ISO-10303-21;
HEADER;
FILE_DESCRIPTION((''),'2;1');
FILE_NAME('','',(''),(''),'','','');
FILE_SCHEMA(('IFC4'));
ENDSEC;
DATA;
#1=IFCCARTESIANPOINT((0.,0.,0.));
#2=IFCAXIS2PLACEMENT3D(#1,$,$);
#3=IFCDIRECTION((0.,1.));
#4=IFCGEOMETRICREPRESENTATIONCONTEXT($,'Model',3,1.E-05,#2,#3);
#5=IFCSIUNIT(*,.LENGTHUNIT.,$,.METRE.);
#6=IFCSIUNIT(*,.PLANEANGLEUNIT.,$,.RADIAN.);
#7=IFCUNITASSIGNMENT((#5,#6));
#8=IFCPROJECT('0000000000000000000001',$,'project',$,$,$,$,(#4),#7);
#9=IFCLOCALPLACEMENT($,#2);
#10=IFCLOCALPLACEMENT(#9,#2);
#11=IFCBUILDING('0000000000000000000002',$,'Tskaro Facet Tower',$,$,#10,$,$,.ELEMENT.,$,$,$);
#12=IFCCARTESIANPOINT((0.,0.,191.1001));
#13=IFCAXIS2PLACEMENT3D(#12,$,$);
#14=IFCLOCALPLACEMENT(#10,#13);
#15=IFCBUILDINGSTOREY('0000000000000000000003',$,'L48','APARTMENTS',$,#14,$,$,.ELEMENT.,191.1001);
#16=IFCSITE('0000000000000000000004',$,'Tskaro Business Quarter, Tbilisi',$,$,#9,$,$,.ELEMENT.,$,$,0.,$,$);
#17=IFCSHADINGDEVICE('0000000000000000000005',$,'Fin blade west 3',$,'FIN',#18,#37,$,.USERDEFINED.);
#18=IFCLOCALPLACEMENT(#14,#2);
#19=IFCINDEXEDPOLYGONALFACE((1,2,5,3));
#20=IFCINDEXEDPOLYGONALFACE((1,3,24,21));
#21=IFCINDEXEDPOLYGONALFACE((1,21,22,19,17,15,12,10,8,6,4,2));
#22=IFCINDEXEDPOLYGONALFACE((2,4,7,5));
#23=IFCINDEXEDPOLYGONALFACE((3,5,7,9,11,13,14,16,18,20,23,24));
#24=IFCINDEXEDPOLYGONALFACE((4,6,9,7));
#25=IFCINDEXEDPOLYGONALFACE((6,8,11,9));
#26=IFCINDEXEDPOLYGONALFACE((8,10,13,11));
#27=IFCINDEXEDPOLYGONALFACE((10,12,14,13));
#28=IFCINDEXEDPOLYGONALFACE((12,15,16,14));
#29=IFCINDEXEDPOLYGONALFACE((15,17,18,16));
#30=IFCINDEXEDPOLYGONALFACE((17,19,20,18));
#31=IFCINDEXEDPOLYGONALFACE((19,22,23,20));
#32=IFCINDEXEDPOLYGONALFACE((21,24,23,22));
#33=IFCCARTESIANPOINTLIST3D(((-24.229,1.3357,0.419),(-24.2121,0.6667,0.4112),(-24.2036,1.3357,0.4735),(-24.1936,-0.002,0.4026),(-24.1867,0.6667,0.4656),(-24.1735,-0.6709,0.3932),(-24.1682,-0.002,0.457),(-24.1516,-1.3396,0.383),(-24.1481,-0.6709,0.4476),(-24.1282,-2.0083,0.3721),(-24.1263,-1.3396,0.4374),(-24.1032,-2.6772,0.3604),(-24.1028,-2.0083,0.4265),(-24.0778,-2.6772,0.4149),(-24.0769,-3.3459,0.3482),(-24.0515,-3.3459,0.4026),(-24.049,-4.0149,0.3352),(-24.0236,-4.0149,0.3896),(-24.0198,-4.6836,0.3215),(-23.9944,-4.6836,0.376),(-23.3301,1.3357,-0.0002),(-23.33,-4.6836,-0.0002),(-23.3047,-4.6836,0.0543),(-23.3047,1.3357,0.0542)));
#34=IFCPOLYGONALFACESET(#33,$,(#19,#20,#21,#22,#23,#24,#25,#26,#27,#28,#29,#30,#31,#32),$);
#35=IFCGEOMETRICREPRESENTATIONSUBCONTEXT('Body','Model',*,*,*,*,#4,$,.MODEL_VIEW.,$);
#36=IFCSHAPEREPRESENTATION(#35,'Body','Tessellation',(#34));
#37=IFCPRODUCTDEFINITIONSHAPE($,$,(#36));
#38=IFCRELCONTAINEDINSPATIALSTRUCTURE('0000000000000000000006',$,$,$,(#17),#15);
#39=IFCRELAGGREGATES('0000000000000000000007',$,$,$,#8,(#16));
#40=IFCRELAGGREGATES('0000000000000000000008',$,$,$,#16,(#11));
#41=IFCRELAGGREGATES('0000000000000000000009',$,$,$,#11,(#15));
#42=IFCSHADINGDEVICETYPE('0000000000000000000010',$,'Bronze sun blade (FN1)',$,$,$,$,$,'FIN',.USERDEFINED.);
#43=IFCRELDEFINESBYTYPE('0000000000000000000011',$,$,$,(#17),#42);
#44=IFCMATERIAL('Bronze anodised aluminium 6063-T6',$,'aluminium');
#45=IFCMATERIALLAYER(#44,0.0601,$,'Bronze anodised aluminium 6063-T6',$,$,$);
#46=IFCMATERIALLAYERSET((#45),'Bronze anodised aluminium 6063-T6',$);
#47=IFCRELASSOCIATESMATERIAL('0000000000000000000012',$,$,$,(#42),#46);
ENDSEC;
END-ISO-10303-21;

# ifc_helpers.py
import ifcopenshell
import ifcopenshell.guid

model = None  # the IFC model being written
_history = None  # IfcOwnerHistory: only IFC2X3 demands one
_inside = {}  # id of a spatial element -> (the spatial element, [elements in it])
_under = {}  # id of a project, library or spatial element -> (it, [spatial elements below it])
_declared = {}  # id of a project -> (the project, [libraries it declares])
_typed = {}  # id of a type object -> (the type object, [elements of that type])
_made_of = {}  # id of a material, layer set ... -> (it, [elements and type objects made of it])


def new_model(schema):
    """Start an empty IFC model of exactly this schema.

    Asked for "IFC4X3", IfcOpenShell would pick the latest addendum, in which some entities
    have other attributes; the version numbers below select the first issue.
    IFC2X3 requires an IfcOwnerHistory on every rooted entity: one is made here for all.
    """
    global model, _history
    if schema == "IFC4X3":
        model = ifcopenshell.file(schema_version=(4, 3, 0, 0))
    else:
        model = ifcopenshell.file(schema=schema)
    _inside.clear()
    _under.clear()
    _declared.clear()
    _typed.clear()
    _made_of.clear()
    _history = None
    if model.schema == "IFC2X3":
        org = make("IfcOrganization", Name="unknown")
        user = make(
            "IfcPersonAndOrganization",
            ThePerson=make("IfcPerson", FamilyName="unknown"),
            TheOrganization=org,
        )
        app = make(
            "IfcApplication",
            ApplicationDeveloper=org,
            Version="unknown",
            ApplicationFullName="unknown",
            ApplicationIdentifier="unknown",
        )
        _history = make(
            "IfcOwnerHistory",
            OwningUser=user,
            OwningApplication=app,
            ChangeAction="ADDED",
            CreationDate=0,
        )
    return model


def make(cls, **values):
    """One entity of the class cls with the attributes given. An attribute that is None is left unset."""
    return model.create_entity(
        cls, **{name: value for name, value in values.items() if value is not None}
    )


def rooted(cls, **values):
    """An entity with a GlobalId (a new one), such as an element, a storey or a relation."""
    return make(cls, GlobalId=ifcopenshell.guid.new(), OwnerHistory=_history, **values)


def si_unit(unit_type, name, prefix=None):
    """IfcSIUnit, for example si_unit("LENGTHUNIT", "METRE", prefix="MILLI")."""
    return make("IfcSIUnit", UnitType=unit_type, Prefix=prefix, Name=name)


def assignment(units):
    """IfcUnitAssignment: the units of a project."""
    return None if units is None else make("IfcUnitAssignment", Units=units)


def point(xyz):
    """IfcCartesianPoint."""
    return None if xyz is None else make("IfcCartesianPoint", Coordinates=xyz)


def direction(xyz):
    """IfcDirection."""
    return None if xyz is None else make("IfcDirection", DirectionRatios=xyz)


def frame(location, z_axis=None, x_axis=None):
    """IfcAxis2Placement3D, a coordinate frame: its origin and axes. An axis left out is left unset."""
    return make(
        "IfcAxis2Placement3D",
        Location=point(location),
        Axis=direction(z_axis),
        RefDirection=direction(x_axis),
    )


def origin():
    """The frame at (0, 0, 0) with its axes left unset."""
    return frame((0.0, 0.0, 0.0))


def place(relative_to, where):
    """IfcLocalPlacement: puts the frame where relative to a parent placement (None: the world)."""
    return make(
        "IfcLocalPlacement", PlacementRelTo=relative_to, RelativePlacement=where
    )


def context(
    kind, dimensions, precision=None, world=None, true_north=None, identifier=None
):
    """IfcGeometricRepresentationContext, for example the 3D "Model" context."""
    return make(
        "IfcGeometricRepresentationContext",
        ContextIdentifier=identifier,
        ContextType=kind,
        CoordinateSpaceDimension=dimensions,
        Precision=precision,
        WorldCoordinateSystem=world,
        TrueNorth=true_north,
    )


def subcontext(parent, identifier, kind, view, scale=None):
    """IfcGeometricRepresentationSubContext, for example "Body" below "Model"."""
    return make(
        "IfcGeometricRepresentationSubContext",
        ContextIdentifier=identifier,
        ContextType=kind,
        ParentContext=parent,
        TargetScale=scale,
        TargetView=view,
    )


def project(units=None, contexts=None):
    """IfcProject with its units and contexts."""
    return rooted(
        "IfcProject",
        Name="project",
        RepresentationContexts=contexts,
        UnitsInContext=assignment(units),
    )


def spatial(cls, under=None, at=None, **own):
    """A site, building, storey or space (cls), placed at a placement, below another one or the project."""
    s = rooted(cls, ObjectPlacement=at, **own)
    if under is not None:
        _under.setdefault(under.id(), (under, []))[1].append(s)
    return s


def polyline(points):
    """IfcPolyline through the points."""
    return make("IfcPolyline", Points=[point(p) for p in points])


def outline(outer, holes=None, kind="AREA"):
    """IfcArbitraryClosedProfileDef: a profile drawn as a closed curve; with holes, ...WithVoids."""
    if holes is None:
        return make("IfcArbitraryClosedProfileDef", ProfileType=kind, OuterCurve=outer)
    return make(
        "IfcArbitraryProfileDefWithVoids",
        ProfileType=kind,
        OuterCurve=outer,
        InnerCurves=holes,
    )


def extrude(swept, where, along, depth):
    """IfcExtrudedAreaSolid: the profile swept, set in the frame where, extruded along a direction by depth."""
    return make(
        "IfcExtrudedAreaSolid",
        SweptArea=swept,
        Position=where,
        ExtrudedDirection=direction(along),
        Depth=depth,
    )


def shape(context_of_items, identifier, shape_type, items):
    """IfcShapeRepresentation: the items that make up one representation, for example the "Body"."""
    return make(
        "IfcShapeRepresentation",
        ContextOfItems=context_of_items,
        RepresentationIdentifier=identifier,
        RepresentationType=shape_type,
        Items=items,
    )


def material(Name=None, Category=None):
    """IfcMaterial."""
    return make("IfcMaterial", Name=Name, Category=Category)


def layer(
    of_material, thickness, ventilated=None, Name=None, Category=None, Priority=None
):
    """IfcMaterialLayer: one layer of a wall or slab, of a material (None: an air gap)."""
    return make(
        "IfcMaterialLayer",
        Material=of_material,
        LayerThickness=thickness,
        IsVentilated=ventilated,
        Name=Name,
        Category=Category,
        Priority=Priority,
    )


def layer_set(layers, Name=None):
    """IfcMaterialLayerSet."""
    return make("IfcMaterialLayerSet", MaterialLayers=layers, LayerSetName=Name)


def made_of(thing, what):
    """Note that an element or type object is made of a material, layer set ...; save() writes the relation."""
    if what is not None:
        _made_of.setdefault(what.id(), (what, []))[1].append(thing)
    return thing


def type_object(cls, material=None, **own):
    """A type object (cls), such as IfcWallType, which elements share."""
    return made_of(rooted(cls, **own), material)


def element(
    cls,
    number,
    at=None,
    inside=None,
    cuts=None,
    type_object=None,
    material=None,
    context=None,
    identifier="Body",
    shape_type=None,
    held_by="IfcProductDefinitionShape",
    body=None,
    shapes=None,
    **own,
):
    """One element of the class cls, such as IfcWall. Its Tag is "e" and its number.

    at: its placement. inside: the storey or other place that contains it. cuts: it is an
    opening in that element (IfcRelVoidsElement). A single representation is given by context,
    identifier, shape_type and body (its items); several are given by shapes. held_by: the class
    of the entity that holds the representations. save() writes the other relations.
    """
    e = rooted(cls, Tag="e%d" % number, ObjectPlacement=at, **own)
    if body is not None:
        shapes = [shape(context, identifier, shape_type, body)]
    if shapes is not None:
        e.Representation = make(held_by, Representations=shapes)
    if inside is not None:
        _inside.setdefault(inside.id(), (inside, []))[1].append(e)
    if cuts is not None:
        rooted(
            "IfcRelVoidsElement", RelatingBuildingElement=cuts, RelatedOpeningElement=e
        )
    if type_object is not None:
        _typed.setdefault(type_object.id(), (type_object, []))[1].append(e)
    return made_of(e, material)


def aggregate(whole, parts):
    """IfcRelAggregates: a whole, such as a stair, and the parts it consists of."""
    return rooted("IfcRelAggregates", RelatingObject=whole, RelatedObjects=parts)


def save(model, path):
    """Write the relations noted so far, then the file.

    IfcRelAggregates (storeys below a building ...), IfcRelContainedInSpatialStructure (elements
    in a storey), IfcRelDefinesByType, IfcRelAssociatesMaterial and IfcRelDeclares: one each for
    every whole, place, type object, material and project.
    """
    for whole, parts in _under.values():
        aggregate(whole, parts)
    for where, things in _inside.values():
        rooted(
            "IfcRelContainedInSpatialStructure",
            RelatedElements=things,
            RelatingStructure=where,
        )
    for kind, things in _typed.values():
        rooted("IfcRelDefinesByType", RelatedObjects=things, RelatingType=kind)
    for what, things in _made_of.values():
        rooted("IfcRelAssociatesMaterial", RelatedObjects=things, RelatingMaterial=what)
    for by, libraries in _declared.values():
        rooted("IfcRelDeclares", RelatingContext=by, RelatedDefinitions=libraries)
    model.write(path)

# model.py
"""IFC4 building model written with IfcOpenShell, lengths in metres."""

from ifc_helpers import new_model, si_unit, direction, frame, origin, place, context, subcontext, project, spatial, polyline, outline, extrude, material, layer, layer_set, type_object, element, save


model = new_model("IFC4")

# Units and contexts
model_context = context("Model", 3, precision=1e-05, world=origin(), true_north=direction((0.0, 1.0)))
body_context = subcontext(model_context, "Body", "Model", "MODEL_VIEW")
ifc_project = project(units=[si_unit("LENGTHUNIT", "METRE"), si_unit("PLANEANGLEUNIT", "RADIAN")], contexts=[model_context])

# Site, building, storey
site_placement = place(None, origin())
site = spatial("IfcSite", under=ifc_project, at=site_placement, Name="Tskaro Business Quarter, Tbilisi", CompositionType="ELEMENT", RefElevation=0.0)
building_placement = place(site_placement, origin())
building = spatial("IfcBuilding", under=site, at=building_placement, Name="Tskaro Facet Tower", CompositionType="ELEMENT")
storey_placement = place(building_placement, frame((0.0, 0.0, 191.1001)))
storey = spatial("IfcBuildingStorey", under=building, at=storey_placement, Name="L48", Description="APARTMENTS", CompositionType="ELEMENT", Elevation=191.1001)

# Shared definitions
ifc_material_1 = material(Name="Bronze anodised aluminium 6063-T6", Category="aluminium")

# Shading device
ifc_layer_1 = layer(ifc_material_1, 0.0601, Name="Bronze anodised aluminium 6063-T6")
ifc_layer_set_1 = layer_set([ifc_layer_1], Name="Bronze anodised aluminium 6063-T6")
shading_device_type = type_object("IfcShadingDeviceType", Name="Bronze sun blade (FN1)", ElementType="FIN", PredefinedType="USERDEFINED", material=ifc_layer_set_1)
shading_device_1_placement = place(storey_placement, frame((-23.3047, 1.3357, 0.0542), z_axis=(0.422698, 0.000013, 0.906271), x_axis=(0.000005, -1.0, 0.000012)))
element("IfcShadingDevice", 1, at=shading_device_1_placement, inside=storey, type_object=shading_device_type, Name="Fin blade west 3", ObjectType="FIN", PredefinedType="USERDEFINED", context=body_context, shape_type="SweptSolid", body=[
    extrude(outline(polyline([(0.0, 0.0), (6.0193, 0.0), (6.0193, -0.7611), (5.3506, -0.7933), (4.6816, -0.8241), (4.0129, -0.8531), (3.344, -0.8807), (2.6753, -0.9066), (2.0066, -0.9307), (1.3376, -0.9529), (0.6689, -0.9733), (0.0, -0.9919), (0.0, 0.0)])), origin(), (0.0, 0.0, -1.0), 0.0601),
])

save(model, "model.ifc")
